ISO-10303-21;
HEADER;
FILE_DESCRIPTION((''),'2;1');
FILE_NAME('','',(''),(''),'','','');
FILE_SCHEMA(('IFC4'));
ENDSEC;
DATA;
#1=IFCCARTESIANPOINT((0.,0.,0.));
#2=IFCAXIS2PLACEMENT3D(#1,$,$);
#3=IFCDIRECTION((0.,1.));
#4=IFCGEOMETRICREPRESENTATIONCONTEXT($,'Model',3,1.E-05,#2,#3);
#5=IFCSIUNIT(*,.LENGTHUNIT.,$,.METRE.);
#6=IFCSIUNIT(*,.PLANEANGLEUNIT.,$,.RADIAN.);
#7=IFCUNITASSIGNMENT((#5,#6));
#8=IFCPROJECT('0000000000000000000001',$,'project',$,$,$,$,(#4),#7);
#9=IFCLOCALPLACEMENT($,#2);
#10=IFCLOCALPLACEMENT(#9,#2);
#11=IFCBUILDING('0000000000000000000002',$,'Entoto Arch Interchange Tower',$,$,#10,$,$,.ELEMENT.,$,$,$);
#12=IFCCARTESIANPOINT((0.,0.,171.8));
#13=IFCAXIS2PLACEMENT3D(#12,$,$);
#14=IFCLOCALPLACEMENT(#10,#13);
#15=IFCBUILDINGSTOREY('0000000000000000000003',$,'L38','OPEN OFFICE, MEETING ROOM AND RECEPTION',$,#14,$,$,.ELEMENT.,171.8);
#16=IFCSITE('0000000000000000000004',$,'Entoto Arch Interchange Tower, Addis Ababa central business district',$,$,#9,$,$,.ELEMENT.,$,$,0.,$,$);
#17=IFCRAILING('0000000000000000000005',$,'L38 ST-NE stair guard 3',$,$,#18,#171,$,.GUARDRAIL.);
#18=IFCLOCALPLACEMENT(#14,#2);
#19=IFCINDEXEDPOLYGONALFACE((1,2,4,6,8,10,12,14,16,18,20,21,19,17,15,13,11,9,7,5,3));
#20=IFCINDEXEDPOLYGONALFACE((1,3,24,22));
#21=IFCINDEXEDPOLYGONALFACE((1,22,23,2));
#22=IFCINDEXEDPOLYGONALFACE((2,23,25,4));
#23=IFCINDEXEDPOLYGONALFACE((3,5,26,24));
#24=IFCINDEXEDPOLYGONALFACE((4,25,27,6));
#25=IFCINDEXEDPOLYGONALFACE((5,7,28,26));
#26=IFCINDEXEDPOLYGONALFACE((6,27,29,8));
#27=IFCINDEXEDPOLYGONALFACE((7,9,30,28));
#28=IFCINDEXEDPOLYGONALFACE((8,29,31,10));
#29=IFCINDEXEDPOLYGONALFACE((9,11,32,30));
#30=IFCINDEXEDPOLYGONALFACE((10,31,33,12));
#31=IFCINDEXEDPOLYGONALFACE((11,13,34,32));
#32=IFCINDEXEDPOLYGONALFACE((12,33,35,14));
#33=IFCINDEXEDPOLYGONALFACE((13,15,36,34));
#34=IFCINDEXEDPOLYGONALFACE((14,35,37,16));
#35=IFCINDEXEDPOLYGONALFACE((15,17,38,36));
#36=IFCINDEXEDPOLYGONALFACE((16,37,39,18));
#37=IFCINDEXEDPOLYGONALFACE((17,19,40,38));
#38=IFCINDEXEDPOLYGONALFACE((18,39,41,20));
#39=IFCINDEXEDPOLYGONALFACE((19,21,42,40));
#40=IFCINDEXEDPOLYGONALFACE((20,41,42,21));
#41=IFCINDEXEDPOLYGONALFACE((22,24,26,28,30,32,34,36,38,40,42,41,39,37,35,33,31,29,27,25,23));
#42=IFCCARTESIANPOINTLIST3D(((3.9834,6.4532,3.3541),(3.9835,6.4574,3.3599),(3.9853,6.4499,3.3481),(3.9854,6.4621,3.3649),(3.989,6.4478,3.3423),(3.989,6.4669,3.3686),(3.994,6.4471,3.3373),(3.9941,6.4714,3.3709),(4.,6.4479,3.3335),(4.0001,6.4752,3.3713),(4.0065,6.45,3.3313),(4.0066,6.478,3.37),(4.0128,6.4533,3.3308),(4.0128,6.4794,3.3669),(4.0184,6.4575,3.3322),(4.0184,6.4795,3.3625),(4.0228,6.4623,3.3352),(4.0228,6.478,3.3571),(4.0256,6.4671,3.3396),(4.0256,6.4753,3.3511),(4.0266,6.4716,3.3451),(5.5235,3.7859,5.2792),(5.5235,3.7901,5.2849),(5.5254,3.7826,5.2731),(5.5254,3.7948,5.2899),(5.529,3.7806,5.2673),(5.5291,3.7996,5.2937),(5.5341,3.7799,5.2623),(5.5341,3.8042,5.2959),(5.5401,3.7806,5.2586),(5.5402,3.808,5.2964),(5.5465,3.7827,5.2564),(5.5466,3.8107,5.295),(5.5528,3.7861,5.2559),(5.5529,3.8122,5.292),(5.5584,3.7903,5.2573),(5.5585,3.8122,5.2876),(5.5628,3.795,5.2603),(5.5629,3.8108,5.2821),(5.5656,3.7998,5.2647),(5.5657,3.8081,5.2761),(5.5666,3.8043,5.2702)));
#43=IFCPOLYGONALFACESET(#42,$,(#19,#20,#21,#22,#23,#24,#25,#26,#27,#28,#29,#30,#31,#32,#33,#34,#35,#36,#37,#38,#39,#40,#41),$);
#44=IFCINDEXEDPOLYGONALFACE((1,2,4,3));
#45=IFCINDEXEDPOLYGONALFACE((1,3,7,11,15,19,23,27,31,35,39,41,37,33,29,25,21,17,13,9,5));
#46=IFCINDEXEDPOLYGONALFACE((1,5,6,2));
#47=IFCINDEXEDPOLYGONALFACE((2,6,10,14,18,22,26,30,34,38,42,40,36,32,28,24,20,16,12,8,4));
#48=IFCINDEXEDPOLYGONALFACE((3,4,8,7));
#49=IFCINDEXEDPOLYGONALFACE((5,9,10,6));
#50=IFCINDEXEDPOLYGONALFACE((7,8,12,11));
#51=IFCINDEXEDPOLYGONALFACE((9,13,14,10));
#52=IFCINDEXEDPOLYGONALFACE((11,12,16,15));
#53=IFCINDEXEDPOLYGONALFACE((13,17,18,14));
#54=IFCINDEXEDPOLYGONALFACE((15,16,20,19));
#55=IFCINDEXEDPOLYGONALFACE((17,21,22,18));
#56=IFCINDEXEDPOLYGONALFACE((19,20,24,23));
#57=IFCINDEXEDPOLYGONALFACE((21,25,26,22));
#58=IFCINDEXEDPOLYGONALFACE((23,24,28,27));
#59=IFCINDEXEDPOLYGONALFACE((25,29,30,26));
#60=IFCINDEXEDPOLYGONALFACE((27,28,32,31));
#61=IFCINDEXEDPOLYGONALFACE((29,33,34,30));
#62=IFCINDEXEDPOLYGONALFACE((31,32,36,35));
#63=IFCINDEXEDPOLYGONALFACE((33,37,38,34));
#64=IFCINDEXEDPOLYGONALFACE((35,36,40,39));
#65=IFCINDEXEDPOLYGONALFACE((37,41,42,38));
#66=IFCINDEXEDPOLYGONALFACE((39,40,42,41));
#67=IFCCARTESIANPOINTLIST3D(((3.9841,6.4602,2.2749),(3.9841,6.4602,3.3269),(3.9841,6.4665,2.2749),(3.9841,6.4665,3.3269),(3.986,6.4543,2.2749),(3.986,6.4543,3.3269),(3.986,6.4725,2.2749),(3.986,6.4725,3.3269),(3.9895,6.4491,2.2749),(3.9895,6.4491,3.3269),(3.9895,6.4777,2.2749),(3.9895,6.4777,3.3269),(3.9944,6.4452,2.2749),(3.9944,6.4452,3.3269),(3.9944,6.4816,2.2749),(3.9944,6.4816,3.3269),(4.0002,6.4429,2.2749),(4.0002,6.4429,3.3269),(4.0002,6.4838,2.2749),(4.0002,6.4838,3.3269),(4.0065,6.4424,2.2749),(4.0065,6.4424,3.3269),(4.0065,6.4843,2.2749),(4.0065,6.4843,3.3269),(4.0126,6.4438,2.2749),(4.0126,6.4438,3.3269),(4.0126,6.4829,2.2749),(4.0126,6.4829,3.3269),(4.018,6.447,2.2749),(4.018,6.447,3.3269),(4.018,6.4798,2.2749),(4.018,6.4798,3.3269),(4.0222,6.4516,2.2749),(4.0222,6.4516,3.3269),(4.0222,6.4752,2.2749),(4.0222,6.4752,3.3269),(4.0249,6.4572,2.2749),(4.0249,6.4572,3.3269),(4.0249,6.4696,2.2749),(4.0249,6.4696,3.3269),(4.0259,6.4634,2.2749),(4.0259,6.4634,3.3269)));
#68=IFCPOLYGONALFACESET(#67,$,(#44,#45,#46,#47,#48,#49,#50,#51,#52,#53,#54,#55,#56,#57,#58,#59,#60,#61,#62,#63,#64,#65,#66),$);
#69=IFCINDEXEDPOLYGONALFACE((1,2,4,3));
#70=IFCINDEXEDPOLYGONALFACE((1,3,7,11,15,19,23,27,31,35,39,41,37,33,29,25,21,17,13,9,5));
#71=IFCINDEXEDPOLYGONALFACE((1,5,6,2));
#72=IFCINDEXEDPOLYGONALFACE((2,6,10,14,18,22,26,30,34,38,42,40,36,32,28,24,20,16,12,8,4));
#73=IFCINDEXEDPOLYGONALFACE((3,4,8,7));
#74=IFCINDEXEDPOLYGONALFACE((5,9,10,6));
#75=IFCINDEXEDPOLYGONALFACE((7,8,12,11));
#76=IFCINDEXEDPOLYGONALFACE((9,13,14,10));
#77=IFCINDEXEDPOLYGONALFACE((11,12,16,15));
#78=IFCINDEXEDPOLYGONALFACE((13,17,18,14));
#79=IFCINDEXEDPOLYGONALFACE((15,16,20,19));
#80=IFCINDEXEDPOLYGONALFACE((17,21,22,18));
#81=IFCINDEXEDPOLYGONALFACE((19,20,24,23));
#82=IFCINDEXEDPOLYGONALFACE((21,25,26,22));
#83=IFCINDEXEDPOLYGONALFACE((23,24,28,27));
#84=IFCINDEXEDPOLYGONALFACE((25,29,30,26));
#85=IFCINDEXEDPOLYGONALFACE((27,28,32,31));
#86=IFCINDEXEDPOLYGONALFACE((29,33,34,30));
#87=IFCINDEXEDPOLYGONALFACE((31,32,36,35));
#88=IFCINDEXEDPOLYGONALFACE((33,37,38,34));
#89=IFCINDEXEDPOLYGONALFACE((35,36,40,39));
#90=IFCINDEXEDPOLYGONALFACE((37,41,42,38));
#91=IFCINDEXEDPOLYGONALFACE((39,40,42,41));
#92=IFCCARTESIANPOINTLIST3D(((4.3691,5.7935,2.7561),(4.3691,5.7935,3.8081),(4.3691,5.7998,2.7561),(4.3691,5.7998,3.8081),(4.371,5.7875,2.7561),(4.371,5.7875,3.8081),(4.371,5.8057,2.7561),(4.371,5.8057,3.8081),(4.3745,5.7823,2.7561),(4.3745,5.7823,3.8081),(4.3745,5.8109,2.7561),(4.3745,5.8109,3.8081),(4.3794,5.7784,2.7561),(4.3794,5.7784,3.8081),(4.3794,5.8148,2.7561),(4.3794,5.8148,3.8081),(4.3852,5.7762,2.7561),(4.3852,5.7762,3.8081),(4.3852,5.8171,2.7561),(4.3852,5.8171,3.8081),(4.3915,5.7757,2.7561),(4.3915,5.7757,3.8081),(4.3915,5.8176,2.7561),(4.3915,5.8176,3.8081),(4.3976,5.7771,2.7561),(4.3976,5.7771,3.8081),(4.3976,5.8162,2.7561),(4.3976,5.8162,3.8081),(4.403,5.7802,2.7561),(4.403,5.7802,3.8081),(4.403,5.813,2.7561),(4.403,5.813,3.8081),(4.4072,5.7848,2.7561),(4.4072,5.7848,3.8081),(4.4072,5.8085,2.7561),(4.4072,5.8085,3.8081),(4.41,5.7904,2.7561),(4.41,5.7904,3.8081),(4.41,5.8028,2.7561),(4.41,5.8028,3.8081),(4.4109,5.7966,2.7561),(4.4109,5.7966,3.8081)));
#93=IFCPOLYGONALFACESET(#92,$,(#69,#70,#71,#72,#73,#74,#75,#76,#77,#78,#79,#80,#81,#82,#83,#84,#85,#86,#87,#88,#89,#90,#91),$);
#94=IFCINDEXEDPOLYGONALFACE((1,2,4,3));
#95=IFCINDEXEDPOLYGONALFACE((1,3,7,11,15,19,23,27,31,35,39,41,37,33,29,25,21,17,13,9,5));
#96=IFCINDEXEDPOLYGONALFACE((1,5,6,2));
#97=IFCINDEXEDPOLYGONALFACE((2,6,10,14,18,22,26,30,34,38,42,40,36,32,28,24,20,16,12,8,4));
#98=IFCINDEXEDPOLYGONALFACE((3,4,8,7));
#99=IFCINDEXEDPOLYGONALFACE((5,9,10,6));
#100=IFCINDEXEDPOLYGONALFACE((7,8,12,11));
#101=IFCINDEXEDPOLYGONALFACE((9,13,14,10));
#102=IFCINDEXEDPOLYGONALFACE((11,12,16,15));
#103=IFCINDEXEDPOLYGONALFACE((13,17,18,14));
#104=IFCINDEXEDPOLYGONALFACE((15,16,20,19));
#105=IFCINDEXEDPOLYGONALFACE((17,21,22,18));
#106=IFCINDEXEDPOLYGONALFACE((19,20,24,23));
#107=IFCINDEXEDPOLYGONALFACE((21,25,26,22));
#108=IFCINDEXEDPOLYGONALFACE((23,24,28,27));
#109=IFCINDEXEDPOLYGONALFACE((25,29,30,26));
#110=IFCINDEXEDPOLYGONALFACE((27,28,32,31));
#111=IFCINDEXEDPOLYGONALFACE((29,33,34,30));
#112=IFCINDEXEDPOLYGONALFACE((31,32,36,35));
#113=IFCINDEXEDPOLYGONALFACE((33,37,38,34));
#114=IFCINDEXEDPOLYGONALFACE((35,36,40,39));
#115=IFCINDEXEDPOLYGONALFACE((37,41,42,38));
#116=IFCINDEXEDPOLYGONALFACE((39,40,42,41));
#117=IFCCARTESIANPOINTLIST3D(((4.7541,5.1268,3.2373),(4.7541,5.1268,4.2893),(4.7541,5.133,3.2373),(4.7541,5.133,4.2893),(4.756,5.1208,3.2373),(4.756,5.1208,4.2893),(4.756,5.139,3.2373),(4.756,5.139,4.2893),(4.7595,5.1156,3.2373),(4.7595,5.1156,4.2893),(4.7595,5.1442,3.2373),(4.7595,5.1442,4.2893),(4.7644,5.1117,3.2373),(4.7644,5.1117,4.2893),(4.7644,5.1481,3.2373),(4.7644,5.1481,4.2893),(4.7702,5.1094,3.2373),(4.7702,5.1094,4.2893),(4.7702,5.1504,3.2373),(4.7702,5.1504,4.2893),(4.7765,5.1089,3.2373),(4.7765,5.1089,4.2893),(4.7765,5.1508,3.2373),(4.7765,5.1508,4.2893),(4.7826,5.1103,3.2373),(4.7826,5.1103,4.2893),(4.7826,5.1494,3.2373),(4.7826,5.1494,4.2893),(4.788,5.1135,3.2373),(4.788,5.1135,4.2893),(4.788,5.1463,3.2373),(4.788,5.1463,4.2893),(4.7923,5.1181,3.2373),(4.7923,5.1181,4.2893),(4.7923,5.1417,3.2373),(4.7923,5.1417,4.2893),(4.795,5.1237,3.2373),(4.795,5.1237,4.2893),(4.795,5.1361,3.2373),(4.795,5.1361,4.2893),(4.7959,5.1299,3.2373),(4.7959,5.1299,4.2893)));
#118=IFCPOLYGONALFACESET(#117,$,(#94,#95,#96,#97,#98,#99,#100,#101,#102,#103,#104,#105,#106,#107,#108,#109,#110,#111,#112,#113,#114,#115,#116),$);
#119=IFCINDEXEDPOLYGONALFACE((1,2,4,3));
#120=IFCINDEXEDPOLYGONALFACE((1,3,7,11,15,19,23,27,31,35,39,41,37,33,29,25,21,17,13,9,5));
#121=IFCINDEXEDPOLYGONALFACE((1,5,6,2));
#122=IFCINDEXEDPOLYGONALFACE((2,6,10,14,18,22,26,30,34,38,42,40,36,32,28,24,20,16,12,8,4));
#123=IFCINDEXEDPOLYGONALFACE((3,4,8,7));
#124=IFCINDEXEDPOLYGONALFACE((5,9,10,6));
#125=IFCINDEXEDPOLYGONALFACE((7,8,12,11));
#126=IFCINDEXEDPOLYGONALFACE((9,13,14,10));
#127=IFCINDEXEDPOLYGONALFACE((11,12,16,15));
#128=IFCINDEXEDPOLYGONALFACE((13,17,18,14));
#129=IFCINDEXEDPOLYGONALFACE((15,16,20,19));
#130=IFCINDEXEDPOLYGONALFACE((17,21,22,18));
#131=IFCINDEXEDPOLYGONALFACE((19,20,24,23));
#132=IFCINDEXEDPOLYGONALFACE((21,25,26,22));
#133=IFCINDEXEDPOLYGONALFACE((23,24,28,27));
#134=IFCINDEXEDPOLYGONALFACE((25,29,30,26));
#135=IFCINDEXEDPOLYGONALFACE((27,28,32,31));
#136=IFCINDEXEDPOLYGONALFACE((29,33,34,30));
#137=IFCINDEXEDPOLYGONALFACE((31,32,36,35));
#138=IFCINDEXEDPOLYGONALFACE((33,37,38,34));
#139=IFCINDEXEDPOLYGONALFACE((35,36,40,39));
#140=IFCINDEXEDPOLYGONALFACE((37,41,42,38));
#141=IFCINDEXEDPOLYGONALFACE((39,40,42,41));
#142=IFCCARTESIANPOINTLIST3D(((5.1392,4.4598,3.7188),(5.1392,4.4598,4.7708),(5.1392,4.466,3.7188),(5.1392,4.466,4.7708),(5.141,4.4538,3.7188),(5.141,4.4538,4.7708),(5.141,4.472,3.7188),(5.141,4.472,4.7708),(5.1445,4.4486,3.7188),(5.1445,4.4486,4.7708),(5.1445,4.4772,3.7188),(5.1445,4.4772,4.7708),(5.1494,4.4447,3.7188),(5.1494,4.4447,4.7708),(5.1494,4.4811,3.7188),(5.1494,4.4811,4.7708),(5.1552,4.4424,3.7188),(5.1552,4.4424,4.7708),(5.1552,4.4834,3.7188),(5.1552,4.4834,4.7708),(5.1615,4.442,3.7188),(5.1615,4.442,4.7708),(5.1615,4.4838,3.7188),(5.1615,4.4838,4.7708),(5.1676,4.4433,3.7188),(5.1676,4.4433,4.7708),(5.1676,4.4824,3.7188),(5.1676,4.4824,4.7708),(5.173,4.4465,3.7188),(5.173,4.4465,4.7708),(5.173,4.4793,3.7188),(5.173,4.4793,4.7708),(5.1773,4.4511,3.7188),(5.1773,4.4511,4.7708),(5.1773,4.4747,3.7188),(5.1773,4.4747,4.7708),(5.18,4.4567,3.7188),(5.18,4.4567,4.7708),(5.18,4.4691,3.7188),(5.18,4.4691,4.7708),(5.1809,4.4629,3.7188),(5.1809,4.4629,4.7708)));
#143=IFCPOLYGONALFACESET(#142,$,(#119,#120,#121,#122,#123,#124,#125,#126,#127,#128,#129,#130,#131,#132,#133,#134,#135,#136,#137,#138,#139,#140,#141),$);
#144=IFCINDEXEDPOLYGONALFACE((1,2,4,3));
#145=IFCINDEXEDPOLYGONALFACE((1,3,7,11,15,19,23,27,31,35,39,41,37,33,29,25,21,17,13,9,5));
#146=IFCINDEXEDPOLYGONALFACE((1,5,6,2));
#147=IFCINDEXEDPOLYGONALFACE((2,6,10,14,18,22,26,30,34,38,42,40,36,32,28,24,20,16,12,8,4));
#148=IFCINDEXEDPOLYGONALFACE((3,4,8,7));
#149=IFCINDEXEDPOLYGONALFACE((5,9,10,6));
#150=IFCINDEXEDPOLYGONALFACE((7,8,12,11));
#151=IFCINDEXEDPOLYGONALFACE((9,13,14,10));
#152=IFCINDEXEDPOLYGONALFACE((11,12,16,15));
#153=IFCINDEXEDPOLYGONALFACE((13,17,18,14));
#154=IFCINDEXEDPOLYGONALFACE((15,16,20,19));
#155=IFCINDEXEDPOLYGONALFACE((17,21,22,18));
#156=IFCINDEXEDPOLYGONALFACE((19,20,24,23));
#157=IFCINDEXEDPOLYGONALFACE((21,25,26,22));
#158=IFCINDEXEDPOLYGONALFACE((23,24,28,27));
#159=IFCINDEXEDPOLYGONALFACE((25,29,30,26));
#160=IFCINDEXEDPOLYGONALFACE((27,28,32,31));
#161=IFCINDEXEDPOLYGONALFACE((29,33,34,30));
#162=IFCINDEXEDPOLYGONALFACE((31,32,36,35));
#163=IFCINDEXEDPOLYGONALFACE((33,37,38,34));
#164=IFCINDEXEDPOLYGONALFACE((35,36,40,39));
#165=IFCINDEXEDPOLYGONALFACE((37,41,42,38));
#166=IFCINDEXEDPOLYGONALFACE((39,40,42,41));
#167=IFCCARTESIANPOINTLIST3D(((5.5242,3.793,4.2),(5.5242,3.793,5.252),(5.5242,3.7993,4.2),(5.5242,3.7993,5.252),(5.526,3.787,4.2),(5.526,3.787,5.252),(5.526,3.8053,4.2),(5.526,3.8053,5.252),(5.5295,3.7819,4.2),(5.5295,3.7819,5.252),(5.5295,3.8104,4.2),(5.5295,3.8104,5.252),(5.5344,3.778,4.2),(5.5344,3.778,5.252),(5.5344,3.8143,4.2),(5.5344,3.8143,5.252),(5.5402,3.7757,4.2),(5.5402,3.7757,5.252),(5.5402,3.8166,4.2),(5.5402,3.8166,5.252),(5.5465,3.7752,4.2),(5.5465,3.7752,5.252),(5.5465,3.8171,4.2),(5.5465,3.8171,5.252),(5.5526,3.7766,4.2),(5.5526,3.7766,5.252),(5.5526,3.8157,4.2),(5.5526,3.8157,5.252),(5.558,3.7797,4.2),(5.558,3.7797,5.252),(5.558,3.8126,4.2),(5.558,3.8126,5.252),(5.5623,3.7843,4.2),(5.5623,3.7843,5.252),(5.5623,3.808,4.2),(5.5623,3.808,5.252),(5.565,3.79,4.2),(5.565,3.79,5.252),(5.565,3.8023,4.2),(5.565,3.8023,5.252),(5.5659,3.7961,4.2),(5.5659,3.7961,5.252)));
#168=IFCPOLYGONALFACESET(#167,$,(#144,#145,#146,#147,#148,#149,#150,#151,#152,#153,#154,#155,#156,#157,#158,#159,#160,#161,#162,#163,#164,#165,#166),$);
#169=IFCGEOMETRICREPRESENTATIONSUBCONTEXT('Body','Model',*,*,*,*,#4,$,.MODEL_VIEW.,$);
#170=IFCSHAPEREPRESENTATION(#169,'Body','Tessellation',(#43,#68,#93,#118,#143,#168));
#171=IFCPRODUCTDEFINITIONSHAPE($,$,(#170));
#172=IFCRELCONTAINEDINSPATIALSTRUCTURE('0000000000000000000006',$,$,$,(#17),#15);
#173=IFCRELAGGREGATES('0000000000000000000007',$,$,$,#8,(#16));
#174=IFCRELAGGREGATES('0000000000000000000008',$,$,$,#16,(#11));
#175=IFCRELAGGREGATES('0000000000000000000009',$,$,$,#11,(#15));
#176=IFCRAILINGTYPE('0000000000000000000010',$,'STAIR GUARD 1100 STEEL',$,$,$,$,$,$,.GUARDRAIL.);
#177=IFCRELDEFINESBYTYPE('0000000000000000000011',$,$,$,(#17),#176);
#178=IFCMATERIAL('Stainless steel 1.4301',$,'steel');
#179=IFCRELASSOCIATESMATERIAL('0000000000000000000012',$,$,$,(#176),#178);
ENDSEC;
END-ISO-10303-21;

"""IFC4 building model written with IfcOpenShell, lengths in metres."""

from ifc_helpers import new_model, si_unit, direction, frame, origin, origin_2d, place, context, subcontext, project, spatial, circle, extrude, material, type_object, element, save


model = new_model("IFC4")

# Units and contexts
model_context = context("Model", 3, precision=1e-05, world=origin(), true_north=direction((0.0, 1.0)))
body_context = subcontext(model_context, "Body", "Model", "MODEL_VIEW")
ifc_project = project(units=[si_unit("LENGTHUNIT", "METRE"), si_unit("PLANEANGLEUNIT", "RADIAN")], contexts=[model_context])

# Site, building, storey
site_placement = place(None, origin())
site = spatial("IfcSite", under=ifc_project, at=site_placement, Name="Entoto Arch Interchange Tower, Addis Ababa central business district", CompositionType="ELEMENT", RefElevation=0.0)
building_placement = place(site_placement, origin())
building = spatial("IfcBuilding", under=site, at=building_placement, Name="Entoto Arch Interchange Tower", CompositionType="ELEMENT")
storey_placement = place(building_placement, frame((0.0, 0.0, 171.8)))
storey = spatial("IfcBuildingStorey", under=building, at=storey_placement, Name="L38", Description="OPEN OFFICE, MEETING ROOM AND RECEPTION", CompositionType="ELEMENT", Elevation=171.8)

# Railing
ifc_material_1 = material(Name="Stainless steel 1.4301", Category="steel")
railing_type = type_object("IfcRailingType", Name="STAIR GUARD 1100 STEEL", PredefinedType="GUARDRAIL", material=ifc_material_1)
railing_1_placement = place(storey_placement, frame((4.0049, 6.4634, 2.2749)))
element("IfcRailing", 1, at=railing_1_placement, inside=storey, type_object=railing_type, Name="L38 ST-NE stair guard 3", PredefinedType="GUARDRAIL", context=body_context, shape_type="SweptSolid", body=[
    extrude(circle(Radius=0.0239, at=origin_2d()), frame((0.0, 0.0, 1.0762), z_axis=(0.424015, -0.734364, 0.530019), x_axis=(0.86601, 0.500027, 0.0)), (0.0, 0.0, 1.0), 3.6321),
    extrude(circle(Radius=0.021, at=origin_2d()), origin(), (0.0, 0.0, 1.0), 1.052),
    extrude(circle(Radius=0.021, at=origin_2d()), frame((0.385, -0.6667, 0.4812)), (0.0, 0.0, 1.0), 1.052),
    extrude(circle(Radius=0.021, at=origin_2d()), frame((0.77, -1.3335, 0.9624)), (0.0, 0.0, 1.0), 1.052),
    extrude(circle(Radius=0.021, at=origin_2d()), frame((1.155, -2.0005, 1.4438)), (0.0, 0.0, 1.0), 1.052),
    extrude(circle(Radius=0.021, at=origin_2d()), frame((1.54, -2.6672, 1.925)), (0.0, 0.0, 1.0), 1.052),
])

save(model, "model.ifc")
